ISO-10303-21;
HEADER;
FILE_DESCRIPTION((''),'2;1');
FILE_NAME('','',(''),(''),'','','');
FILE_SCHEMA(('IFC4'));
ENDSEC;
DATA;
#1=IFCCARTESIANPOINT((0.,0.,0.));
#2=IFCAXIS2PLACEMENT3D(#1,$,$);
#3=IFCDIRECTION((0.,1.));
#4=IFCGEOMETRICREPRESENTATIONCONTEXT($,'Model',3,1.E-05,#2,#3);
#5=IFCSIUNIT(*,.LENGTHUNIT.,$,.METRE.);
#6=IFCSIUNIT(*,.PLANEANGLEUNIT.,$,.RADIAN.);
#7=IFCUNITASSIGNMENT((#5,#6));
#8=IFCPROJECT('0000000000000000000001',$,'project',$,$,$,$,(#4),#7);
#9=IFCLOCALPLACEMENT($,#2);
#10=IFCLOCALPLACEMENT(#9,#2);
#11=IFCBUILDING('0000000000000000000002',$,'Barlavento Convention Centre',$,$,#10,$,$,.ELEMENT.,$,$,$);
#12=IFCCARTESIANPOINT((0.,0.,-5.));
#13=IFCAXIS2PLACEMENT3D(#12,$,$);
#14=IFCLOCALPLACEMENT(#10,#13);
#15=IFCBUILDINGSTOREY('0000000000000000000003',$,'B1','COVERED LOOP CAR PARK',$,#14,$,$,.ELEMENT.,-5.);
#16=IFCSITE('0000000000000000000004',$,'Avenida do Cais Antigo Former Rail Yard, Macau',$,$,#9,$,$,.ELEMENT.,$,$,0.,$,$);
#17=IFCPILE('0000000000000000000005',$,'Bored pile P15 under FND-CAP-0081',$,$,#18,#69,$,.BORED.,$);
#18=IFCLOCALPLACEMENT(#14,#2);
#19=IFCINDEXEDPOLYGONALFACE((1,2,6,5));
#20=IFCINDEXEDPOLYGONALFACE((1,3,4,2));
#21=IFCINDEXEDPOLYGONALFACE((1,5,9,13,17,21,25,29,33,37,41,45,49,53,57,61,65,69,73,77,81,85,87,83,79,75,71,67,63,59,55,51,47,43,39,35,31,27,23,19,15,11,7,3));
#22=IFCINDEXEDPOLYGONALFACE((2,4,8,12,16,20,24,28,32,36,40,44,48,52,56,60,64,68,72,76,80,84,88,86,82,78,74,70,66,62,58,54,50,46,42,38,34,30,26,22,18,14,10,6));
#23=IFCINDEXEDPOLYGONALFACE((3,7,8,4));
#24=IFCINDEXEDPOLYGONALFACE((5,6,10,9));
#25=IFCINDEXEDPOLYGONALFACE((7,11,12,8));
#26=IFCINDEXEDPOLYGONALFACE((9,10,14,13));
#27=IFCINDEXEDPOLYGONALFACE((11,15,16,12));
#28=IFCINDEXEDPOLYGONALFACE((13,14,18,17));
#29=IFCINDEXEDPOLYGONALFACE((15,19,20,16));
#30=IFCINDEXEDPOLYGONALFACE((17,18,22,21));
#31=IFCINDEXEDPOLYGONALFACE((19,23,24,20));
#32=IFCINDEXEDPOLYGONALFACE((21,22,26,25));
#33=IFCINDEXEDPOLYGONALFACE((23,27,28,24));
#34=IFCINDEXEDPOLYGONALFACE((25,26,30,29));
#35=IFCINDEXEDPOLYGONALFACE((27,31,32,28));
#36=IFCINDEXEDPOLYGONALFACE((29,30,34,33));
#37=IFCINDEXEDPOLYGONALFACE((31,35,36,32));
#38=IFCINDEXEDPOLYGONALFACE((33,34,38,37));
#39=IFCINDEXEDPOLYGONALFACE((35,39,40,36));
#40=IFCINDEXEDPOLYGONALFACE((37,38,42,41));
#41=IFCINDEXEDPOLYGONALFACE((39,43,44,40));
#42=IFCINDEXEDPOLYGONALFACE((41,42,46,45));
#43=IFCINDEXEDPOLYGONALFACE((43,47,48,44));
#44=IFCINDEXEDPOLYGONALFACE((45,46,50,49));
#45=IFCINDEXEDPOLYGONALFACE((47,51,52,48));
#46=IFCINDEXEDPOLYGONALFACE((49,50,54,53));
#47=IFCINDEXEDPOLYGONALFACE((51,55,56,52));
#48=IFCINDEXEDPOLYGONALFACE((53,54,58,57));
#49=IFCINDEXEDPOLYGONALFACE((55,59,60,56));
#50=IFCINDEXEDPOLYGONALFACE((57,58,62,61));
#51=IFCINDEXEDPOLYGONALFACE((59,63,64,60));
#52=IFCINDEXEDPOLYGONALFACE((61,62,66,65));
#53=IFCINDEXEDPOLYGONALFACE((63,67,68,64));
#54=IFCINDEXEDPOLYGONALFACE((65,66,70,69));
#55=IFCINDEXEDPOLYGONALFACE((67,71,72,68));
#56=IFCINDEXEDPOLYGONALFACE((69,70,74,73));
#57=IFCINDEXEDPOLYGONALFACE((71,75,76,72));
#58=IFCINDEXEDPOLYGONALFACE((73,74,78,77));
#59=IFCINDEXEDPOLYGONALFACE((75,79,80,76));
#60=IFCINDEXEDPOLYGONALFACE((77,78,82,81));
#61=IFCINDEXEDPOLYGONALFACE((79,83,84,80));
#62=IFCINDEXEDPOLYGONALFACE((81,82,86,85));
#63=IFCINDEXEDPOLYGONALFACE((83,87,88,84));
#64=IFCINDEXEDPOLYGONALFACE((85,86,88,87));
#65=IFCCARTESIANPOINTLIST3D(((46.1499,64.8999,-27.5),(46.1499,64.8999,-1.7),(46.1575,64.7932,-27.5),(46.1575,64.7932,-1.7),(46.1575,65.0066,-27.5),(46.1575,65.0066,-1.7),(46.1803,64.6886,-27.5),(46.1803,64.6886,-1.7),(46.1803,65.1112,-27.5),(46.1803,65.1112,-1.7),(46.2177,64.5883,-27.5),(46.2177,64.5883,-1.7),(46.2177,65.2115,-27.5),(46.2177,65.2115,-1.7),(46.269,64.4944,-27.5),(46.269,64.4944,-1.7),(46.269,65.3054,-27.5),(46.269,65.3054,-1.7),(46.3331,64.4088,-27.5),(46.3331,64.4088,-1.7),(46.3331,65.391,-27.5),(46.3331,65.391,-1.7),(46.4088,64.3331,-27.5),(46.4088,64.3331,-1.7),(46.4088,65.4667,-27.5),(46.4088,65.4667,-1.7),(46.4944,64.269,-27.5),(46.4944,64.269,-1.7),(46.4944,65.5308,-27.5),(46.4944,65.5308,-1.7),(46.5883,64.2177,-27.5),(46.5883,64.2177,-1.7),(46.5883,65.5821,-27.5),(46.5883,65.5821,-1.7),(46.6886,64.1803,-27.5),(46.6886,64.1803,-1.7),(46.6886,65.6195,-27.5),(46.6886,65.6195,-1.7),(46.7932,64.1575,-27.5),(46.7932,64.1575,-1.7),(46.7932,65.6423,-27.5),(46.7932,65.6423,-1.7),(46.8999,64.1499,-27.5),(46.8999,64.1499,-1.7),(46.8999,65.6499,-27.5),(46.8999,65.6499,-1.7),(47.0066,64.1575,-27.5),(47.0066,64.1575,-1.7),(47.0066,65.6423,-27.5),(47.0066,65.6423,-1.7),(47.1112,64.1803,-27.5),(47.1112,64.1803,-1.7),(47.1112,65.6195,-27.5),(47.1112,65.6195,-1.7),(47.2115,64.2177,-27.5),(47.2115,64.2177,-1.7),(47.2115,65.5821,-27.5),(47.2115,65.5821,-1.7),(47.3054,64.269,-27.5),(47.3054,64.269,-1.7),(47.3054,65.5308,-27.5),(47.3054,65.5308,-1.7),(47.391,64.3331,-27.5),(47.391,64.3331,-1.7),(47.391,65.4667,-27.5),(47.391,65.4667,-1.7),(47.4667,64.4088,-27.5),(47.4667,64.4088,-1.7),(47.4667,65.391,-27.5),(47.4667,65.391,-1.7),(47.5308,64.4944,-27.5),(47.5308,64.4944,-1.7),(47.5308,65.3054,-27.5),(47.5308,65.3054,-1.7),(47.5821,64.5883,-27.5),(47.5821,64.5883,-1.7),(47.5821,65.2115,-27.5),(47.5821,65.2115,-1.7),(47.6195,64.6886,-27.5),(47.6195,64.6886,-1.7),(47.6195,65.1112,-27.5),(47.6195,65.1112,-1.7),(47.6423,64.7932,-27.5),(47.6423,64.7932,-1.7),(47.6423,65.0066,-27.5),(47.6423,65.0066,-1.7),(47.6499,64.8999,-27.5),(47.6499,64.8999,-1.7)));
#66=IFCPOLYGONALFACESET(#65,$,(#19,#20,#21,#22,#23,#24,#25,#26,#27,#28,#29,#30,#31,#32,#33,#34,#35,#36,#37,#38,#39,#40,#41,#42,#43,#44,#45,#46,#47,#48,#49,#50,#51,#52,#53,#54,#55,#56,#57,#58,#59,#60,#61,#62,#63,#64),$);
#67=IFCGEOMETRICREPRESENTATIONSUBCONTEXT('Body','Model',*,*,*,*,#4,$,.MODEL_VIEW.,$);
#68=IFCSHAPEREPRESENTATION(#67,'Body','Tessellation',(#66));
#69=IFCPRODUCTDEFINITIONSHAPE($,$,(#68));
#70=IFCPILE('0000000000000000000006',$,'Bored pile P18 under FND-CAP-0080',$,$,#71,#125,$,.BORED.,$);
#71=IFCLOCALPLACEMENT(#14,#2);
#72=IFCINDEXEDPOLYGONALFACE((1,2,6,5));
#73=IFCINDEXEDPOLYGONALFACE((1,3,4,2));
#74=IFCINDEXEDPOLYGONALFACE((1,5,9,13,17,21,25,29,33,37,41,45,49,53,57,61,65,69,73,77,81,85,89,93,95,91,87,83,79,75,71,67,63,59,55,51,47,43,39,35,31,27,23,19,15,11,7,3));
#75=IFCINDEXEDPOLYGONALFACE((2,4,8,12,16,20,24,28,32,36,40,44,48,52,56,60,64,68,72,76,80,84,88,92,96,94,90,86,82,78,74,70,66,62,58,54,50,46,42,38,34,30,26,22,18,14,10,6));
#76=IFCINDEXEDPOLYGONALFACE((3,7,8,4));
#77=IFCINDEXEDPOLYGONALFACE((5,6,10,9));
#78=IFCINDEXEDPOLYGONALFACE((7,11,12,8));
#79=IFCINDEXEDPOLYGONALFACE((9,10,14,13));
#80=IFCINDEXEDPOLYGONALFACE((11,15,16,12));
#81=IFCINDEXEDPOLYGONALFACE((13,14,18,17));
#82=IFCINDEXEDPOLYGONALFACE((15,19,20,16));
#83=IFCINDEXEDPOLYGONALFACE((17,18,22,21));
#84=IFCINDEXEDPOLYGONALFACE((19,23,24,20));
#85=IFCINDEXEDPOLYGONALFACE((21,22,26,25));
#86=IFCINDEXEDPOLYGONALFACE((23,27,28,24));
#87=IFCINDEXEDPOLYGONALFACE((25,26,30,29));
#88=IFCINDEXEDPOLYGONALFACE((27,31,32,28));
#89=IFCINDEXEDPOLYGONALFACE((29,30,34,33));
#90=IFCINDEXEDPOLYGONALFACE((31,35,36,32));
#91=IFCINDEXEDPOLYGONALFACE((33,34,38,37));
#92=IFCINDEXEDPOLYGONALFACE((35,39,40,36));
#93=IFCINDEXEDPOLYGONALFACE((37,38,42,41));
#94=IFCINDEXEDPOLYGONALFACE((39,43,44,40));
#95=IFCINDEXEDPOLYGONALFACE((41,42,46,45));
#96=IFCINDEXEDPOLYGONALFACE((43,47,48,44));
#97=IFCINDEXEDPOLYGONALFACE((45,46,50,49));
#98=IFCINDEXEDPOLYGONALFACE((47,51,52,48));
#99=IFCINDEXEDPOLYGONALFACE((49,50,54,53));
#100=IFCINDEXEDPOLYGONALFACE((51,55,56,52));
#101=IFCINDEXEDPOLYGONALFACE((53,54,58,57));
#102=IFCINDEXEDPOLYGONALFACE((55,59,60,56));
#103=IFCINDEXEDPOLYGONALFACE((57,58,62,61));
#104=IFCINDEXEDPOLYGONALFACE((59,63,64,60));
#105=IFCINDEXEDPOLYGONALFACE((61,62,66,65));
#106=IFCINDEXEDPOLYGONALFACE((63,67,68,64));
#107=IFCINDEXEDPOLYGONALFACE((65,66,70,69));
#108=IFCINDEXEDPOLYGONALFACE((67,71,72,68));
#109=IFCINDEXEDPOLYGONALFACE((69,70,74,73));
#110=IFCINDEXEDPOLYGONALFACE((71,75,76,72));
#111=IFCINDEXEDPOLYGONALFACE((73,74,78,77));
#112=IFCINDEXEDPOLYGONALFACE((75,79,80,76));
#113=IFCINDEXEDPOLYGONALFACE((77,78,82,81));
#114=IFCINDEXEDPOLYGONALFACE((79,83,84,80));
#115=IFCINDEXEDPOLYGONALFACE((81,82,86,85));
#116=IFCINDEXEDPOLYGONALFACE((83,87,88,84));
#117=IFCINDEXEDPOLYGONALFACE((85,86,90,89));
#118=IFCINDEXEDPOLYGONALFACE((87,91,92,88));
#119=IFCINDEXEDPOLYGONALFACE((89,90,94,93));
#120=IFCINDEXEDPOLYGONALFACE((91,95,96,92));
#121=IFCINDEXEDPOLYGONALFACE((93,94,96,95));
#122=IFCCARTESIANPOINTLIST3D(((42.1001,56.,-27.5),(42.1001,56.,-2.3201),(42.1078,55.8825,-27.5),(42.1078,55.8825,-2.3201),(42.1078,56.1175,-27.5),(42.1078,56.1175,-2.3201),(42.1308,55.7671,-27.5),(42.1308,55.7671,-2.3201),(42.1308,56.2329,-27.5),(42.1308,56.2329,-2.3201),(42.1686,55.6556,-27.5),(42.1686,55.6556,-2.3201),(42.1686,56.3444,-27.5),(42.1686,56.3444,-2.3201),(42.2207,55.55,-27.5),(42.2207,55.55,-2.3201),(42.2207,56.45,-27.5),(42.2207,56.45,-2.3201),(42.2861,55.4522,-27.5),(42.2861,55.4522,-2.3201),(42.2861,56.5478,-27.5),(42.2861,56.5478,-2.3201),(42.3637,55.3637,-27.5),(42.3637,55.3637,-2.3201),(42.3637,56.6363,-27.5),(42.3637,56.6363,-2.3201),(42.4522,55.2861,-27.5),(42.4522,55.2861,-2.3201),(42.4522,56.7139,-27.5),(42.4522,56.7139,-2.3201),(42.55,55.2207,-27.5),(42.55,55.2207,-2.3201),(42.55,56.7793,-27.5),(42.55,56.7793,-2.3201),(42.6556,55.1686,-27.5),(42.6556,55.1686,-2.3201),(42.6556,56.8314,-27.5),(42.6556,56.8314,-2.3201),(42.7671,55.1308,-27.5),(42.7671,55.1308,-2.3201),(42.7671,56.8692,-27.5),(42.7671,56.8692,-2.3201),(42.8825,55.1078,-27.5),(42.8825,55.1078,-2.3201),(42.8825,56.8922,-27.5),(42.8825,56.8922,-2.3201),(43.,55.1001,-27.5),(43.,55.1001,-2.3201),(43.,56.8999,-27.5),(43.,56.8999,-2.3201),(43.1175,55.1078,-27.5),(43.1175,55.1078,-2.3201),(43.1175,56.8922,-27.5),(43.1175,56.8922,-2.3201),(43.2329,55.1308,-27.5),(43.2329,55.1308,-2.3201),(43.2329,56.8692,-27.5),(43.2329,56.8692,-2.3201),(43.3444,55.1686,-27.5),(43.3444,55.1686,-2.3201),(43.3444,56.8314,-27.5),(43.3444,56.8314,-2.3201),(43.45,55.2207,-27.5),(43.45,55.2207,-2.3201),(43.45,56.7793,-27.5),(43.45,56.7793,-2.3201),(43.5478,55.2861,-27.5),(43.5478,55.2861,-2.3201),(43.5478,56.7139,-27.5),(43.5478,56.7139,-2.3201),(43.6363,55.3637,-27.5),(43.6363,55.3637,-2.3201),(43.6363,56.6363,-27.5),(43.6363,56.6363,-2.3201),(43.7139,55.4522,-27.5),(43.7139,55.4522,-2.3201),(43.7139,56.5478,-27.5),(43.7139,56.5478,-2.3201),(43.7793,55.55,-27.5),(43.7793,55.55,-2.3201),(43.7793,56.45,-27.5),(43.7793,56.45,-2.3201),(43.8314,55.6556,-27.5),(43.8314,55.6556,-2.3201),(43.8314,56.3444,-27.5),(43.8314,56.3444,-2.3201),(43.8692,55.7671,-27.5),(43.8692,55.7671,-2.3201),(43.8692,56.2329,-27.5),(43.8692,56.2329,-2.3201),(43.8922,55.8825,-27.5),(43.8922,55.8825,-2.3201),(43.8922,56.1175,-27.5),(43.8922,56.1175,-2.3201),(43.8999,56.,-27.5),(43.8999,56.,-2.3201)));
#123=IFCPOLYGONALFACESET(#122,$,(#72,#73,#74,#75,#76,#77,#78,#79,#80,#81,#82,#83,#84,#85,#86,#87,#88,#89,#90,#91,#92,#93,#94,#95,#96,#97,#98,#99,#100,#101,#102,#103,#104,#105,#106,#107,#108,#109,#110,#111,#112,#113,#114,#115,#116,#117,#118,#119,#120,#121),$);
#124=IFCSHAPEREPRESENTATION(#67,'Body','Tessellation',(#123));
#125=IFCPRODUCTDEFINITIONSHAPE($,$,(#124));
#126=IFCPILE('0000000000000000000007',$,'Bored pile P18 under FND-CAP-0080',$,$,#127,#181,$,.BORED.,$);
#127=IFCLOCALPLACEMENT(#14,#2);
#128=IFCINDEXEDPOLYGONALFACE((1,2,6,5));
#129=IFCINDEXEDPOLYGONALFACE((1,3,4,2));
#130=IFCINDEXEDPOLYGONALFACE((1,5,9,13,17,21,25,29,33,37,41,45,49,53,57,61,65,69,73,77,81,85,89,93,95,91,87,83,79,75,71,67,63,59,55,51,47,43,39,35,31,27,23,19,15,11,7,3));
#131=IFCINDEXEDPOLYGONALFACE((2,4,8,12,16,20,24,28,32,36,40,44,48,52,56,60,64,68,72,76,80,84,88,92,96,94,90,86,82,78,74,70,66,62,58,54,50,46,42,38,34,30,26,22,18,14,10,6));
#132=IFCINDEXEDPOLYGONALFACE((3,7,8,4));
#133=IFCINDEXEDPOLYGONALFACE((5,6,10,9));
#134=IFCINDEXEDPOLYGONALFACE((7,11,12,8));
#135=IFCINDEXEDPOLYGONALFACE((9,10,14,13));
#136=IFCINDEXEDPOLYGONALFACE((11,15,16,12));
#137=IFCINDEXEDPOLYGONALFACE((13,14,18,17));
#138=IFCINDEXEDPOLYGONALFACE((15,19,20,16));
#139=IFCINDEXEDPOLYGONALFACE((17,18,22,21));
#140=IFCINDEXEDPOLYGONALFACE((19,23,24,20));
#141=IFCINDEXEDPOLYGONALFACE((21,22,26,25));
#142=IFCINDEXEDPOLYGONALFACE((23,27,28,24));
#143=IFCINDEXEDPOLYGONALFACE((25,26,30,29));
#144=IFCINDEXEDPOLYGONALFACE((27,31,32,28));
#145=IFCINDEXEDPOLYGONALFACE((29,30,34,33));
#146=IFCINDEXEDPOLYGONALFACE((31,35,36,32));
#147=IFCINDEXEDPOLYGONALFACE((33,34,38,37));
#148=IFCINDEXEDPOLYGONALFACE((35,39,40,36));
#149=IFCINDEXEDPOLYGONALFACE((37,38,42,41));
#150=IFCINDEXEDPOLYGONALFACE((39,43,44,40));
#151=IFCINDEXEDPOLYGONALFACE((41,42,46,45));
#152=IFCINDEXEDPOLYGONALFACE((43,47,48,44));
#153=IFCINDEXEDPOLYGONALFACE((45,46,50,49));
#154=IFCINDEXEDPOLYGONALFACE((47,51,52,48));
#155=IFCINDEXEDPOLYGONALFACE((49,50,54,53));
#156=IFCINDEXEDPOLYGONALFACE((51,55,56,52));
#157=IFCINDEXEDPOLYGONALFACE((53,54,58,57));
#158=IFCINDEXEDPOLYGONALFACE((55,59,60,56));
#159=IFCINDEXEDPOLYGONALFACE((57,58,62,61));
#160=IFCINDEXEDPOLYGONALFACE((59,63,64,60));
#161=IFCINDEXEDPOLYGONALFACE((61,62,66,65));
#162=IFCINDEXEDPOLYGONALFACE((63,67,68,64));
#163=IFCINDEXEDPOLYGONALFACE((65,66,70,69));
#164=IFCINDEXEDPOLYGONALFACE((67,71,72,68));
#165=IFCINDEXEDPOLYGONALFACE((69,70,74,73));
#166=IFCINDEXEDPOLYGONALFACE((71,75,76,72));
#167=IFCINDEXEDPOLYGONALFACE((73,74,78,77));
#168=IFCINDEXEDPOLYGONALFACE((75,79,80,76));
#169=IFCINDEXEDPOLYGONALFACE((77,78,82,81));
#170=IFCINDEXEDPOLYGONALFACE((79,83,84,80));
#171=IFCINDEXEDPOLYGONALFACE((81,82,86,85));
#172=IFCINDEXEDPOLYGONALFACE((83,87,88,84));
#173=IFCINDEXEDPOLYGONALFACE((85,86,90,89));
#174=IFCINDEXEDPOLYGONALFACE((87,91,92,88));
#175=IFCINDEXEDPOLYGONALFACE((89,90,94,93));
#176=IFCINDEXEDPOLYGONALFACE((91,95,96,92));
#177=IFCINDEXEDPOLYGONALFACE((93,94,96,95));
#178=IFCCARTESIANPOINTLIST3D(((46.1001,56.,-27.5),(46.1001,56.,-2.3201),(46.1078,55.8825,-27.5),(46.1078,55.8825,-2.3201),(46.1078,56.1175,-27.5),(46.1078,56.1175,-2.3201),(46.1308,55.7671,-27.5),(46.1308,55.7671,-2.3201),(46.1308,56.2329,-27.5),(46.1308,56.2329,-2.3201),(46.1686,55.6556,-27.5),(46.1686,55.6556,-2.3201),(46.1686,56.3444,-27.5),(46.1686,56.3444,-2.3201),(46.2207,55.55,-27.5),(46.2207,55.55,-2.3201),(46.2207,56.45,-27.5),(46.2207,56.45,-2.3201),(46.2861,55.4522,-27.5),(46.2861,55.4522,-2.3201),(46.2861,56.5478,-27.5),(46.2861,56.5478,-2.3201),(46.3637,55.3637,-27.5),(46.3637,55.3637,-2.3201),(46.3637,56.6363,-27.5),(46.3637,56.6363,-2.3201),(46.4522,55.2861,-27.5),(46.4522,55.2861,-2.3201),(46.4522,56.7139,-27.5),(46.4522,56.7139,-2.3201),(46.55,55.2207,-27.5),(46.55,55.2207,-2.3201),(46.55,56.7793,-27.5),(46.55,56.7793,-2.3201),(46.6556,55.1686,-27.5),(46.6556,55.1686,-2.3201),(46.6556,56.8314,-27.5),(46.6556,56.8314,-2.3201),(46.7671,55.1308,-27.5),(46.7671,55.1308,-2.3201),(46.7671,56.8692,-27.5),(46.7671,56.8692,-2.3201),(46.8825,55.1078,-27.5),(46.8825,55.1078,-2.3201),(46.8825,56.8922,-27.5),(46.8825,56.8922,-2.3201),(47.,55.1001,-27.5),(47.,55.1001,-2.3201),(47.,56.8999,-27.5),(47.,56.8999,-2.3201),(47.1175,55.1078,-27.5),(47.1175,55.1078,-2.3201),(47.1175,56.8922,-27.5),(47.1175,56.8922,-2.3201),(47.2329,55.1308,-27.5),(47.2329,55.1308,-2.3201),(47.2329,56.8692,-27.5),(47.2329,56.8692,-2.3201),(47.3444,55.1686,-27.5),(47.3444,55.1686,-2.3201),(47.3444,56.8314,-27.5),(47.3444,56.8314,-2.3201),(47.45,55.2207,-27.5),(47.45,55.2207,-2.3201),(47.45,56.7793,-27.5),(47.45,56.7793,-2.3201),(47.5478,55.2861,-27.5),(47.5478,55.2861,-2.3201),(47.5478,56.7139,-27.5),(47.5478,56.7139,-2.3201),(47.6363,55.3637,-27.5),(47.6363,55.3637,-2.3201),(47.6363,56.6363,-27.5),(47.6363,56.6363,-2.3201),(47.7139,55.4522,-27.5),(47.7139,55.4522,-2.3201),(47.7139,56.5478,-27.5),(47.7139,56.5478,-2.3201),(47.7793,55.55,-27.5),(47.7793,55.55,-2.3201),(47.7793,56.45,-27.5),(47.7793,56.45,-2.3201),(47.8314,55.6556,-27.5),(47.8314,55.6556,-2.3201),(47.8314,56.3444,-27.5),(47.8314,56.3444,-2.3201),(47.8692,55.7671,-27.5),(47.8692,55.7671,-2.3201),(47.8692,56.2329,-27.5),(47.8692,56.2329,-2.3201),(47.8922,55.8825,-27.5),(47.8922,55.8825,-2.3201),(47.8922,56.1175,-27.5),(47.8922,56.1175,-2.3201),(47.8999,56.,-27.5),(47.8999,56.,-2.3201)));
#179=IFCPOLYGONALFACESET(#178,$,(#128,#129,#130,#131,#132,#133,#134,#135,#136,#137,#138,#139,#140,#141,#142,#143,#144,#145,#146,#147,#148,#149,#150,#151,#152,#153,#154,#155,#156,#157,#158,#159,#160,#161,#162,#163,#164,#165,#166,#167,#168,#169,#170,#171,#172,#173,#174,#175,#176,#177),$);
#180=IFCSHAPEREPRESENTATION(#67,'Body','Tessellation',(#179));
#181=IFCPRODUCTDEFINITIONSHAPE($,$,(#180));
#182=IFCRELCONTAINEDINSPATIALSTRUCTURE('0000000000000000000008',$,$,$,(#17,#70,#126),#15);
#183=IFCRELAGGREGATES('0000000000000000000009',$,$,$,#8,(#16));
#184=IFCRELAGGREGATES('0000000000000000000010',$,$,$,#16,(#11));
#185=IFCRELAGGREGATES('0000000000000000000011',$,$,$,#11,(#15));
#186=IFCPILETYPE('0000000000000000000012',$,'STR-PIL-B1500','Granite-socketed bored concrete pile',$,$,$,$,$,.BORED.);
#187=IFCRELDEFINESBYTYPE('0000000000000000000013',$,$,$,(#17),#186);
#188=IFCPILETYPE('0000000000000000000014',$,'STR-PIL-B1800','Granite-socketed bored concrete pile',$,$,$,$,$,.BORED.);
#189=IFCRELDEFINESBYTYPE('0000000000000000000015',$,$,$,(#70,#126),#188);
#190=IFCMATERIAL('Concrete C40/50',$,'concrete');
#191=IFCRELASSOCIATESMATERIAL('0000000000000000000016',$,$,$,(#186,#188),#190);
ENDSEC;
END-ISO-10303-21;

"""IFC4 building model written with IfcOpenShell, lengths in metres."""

from ifc_helpers import new_model, si_unit, direction, frame, origin, origin_2d, place, context, subcontext, project, spatial, circle, extrude, material, material_profile, profile_set, type_object, element, save


model = new_model("IFC4")

# Units and contexts
model_context = context("Model", 3, precision=1e-05, world=origin(), true_north=direction((0.0, 1.0)))
body_context = subcontext(model_context, "Body", "Model", "MODEL_VIEW")
ifc_project = project(units=[si_unit("LENGTHUNIT", "METRE"), si_unit("PLANEANGLEUNIT", "RADIAN")], contexts=[model_context])

# Site, building, storey
site_placement = place(None, origin())
site = spatial("IfcSite", under=ifc_project, at=site_placement, Name="Avenida do Cais Antigo Former Rail Yard, Macau", CompositionType="ELEMENT", RefElevation=0.0)
building_placement = place(site_placement, origin())
building = spatial("IfcBuilding", under=site, at=building_placement, Name="Barlavento Convention Centre", CompositionType="ELEMENT")
storey_placement = place(building_placement, frame((0.0, 0.0, -5.0)))
storey = spatial("IfcBuildingStorey", under=building, at=storey_placement, Name="B1", Description="COVERED LOOP CAR PARK", CompositionType="ELEMENT", Elevation=-5.0)

# Shared definitions
ifc_material_1 = material(Name="Concrete C40/50", Category="concrete")

# Piles
ifc_material_profile_1 = material_profile(ifc_material_1, circle(Radius=0.75, at=origin_2d()), Name="BORED PILE 1500")
ifc_profile_set_1 = profile_set([ifc_material_profile_1], Name="Concrete C40/50")
pile_type_1 = type_object("IfcPileType", Name="STR-PIL-B1500", Description="Granite-socketed bored concrete pile", PredefinedType="BORED", material=ifc_profile_set_1)
for number, where, z_axis, x_axis, name in (
    (1, (46.8999, 64.8999, -1.7), (0.0, 0.0, -1.0), (1.0, 0.0, 0.0), "Bored pile P15 under FND-CAP-0081"),
):
    element("IfcPile", number, at=place(storey_placement, frame(where, z_axis=z_axis, x_axis=x_axis)), inside=storey, type_object=pile_type_1, Name=name, PredefinedType="BORED", context=body_context, shape_type="SweptSolid", body=[
        extrude(circle(Radius=0.75, at=origin_2d()), origin(), (0.0, 0.0, 1.0), 25.8),
    ])
ifc_material_profile_2 = material_profile(ifc_material_1, circle(Radius=0.8999, at=origin_2d()), Name="BORED PILE 1800")
ifc_profile_set_2 = profile_set([ifc_material_profile_2], Name="Concrete C40/50")
pile_type_2 = type_object("IfcPileType", Name="STR-PIL-B1800", Description="Granite-socketed bored concrete pile", PredefinedType="BORED", material=ifc_profile_set_2)
for number, where, z_axis, x_axis, name in (
    (2, (43.0, 56.0, -2.3201), (0.0, 0.0, -1.0), (1.0, 0.0, 0.0), "Bored pile P18 under FND-CAP-0080"),
    (3, (47.0, 56.0, -2.3201), (0.0, 0.0, -1.0), (1.0, 0.0, 0.0), "Bored pile P18 under FND-CAP-0080"),
):
    element("IfcPile", number, at=place(storey_placement, frame(where, z_axis=z_axis, x_axis=x_axis)), inside=storey, type_object=pile_type_2, Name=name, PredefinedType="BORED", context=body_context, shape_type="SweptSolid", body=[
        extrude(circle(Radius=0.8999, at=origin_2d()), origin(), (0.0, 0.0, 1.0), 25.1799),
    ])

save(model, "model.ifc")
